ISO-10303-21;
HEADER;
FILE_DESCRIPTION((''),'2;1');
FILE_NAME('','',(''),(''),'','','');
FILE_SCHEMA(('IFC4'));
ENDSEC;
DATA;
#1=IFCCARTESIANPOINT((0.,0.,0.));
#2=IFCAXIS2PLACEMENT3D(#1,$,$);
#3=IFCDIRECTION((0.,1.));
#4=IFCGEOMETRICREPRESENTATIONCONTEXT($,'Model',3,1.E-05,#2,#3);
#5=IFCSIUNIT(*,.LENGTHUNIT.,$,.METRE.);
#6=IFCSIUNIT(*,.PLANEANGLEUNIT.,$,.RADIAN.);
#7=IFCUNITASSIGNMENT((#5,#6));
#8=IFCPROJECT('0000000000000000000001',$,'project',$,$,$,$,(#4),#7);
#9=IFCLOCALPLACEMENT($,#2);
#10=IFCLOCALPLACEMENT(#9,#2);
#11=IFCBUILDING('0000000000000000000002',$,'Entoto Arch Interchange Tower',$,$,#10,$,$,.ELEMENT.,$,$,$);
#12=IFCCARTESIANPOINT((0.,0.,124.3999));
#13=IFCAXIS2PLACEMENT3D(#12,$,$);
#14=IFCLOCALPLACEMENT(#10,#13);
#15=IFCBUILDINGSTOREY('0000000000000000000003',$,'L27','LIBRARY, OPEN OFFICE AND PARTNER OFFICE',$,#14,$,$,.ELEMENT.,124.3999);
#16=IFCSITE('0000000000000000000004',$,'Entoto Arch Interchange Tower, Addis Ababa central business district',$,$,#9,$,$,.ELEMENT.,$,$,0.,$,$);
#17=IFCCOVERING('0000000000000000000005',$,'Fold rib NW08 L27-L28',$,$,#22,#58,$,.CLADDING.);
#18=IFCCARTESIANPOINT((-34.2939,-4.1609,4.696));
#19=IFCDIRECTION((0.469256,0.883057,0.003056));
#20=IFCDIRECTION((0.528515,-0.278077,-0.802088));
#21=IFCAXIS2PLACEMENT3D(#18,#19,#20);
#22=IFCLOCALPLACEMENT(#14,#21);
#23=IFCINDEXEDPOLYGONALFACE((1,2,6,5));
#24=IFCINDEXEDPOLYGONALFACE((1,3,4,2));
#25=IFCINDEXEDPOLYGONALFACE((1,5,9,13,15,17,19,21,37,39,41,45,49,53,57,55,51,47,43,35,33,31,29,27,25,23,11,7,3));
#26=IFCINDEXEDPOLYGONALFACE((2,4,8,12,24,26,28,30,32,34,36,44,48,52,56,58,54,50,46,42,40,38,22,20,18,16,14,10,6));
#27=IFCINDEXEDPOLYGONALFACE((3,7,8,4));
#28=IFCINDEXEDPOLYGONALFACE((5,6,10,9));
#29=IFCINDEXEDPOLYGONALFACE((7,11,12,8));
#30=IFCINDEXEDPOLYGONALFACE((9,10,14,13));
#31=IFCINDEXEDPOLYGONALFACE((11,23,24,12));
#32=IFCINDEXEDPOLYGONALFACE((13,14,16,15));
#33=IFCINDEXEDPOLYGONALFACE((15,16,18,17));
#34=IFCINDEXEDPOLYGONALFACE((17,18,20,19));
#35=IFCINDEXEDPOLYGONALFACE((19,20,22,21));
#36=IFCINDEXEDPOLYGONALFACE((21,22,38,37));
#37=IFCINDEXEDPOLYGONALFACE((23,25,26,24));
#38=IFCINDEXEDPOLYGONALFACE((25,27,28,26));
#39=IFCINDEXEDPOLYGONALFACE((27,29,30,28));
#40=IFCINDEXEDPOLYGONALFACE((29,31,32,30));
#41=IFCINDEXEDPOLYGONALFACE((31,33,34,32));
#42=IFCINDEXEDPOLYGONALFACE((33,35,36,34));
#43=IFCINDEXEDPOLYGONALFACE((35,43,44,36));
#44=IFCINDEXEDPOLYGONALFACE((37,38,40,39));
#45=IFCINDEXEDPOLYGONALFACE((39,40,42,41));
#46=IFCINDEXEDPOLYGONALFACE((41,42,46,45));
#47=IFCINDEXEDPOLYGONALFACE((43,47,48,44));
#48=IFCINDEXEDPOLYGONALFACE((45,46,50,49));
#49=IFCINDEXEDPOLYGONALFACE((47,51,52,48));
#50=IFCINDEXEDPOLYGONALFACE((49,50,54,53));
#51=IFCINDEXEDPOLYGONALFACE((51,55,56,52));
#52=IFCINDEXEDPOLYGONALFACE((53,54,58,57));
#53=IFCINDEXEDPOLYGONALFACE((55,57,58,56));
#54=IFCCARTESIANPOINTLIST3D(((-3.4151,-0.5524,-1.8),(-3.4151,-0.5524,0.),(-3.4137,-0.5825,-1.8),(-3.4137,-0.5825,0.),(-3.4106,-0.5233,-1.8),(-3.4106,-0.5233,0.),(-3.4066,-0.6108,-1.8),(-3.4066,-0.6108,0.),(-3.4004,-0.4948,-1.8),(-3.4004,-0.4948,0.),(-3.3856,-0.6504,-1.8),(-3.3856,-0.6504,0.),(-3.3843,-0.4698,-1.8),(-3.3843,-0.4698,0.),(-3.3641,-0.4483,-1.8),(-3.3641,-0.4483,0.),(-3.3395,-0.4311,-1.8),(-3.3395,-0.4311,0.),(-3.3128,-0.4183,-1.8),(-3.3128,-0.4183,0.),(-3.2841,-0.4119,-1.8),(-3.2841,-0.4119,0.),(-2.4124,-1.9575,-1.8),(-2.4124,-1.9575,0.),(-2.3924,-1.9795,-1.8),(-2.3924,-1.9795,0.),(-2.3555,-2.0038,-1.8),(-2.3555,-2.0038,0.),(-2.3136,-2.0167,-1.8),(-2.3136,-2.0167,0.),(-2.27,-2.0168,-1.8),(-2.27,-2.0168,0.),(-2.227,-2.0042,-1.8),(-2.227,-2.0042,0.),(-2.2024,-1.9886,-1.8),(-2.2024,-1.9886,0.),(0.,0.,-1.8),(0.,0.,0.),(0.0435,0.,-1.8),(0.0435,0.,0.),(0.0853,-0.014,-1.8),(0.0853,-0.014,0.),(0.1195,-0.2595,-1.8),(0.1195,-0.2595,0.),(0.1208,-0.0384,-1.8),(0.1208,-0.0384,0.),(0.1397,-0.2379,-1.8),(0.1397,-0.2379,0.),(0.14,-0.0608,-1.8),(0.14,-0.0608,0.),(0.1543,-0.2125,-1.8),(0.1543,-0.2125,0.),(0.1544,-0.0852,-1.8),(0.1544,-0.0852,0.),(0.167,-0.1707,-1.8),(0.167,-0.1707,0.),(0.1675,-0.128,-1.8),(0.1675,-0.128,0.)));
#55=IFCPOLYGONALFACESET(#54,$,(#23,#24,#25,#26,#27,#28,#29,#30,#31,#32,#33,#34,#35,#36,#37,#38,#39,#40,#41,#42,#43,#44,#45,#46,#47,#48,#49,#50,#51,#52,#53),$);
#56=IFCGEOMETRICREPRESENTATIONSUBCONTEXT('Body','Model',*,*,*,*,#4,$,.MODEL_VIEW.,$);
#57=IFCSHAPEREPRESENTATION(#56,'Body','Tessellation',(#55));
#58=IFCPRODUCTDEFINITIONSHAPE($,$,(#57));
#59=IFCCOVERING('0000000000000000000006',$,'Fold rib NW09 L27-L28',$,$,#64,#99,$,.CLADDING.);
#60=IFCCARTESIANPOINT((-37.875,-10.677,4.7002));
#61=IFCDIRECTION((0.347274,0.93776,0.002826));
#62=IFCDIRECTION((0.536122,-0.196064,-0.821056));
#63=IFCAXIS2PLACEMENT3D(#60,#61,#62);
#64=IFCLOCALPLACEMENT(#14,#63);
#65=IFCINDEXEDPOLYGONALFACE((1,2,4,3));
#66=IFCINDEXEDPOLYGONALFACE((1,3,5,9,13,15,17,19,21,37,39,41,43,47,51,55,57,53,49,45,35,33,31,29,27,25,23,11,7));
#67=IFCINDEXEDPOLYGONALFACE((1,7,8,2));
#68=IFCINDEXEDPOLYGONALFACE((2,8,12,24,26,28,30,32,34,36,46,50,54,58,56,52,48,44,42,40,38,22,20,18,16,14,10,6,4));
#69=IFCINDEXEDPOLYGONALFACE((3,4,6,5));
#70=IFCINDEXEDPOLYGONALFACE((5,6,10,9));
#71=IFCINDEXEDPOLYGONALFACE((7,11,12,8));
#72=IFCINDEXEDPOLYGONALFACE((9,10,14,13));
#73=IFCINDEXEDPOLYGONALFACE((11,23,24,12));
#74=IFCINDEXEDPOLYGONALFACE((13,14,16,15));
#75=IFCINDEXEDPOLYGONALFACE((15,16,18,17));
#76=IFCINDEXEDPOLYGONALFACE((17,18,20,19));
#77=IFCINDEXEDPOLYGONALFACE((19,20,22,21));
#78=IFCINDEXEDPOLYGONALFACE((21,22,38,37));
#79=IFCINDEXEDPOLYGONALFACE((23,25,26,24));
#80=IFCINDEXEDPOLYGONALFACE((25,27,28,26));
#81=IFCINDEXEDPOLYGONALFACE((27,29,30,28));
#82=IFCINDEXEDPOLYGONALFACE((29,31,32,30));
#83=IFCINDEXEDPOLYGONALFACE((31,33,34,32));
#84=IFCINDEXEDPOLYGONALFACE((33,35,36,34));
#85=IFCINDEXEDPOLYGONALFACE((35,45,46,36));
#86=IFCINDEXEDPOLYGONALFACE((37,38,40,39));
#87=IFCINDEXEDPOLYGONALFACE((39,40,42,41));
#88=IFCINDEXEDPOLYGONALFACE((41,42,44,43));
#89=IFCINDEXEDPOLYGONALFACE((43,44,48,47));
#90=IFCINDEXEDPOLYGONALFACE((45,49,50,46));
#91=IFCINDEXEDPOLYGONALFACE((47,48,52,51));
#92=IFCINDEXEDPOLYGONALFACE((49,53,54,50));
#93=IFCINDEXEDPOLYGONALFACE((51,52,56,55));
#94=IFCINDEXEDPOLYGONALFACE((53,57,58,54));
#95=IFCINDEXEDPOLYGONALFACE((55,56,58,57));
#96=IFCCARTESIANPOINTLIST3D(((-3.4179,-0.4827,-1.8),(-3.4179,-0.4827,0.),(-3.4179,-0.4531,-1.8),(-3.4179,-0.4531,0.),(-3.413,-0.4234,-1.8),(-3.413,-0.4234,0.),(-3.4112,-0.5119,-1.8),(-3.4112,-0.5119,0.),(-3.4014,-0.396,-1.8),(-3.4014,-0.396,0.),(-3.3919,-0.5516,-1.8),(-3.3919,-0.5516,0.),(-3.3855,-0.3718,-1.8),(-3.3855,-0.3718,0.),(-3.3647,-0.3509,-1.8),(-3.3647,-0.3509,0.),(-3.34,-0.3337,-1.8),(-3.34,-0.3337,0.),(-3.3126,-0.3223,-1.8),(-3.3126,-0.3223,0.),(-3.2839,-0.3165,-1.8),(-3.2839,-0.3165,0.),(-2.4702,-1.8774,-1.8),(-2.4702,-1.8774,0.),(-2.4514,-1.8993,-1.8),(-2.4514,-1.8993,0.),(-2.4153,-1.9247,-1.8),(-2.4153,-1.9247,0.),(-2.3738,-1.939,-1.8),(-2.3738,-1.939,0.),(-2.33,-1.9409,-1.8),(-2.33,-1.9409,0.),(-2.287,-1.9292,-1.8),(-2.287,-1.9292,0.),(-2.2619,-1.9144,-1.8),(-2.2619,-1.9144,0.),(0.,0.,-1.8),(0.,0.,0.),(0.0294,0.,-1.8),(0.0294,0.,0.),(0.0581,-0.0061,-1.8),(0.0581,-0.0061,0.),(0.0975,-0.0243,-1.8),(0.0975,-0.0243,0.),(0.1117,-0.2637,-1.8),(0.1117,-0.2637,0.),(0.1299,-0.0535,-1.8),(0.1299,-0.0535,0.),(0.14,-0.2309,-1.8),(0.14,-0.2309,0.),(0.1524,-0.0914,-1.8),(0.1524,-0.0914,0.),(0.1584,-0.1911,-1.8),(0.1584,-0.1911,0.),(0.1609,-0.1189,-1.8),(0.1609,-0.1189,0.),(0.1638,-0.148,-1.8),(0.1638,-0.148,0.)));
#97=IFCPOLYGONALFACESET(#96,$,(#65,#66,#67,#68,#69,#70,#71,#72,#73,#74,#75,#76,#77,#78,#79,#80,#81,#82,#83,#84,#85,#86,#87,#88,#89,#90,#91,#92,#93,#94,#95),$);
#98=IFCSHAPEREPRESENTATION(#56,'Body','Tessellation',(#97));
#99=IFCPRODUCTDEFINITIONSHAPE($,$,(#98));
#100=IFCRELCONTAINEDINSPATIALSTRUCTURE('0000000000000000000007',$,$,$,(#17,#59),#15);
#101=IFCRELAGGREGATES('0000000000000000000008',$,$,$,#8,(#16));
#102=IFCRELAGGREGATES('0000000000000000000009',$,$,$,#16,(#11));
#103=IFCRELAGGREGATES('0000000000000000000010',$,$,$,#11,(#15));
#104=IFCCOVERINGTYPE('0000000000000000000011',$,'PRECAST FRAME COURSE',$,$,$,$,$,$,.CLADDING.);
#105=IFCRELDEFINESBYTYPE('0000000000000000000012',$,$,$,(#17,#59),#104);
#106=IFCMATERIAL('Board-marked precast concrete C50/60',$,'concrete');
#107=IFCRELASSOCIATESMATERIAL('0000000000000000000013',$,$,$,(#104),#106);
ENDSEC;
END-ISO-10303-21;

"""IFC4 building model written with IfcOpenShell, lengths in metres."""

from ifc_helpers import new_model, si_unit, direction, frame, origin, place, context, subcontext, project, spatial, polyline, outline, extrude, material, type_object, element, save


model = new_model("IFC4")

# Units and contexts
model_context = context("Model", 3, precision=1e-05, world=origin(), true_north=direction((0.0, 1.0)))
body_context = subcontext(model_context, "Body", "Model", "MODEL_VIEW")
ifc_project = project(units=[si_unit("LENGTHUNIT", "METRE"), si_unit("PLANEANGLEUNIT", "RADIAN")], contexts=[model_context])

# Site, building, storey
site_placement = place(None, origin())
site = spatial("IfcSite", under=ifc_project, at=site_placement, Name="Entoto Arch Interchange Tower, Addis Ababa central business district", CompositionType="ELEMENT", RefElevation=0.0)
building_placement = place(site_placement, origin())
building = spatial("IfcBuilding", under=site, at=building_placement, Name="Entoto Arch Interchange Tower", CompositionType="ELEMENT")
storey_placement = place(building_placement, frame((0.0, 0.0, 124.3999)))
storey = spatial("IfcBuildingStorey", under=building, at=storey_placement, Name="L27", Description="LIBRARY, OPEN OFFICE AND PARTNER OFFICE", CompositionType="ELEMENT", Elevation=124.3999)

# Coverings
ifc_material_1 = material(Name="Board-marked precast concrete C50/60", Category="concrete")
covering_type = type_object("IfcCoveringType", Name="PRECAST FRAME COURSE", PredefinedType="CLADDING", material=ifc_material_1)
covering_1_placement = place(storey_placement, frame((-34.2939, -4.1609, 4.696), z_axis=(0.469256, 0.883057, 0.003056), x_axis=(0.528515, -0.278077, -0.802088)))
element("IfcCovering", 1, at=covering_1_placement, inside=storey, type_object=covering_type, Name="Fold rib NW08 L27-L28", PredefinedType="CLADDING", context=body_context, shape_type="SweptSolid", body=[
    extrude(outline(polyline([(0.0, 0.0), (0.0435, 0.0), (0.0853, -0.014), (0.1208, -0.0384), (0.14, -0.0608), (0.1544, -0.0852), (0.1675, -0.128), (0.167, -0.1707), (0.1543, -0.2125), (0.1397, -0.2379), (0.1195, -0.2595), (-2.2024, -1.9886), (-2.227, -2.0042), (-2.27, -2.0168), (-2.3136, -2.0167), (-2.3555, -2.0038), (-2.3924, -1.9795), (-2.4124, -1.9575), (-3.3856, -0.6504), (-3.4066, -0.6108), (-3.4137, -0.5825), (-3.4151, -0.5524), (-3.4106, -0.5233), (-3.4004, -0.4948), (-3.3843, -0.4698), (-3.3641, -0.4483), (-3.3395, -0.4311), (-3.3128, -0.4183), (-3.2841, -0.4119), (0.0, 0.0)])), origin(), (0.0, 0.0, -1.0), 1.8),
])
covering_2_placement = place(storey_placement, frame((-37.875, -10.677, 4.7002), z_axis=(0.347274, 0.93776, 0.002826), x_axis=(0.536122, -0.196064, -0.821056)))
element("IfcCovering", 2, at=covering_2_placement, inside=storey, type_object=covering_type, Name="Fold rib NW09 L27-L28", PredefinedType="CLADDING", context=body_context, shape_type="SweptSolid", body=[
    extrude(outline(polyline([(0.0, 0.0), (0.0294, 0.0), (0.0581, -0.0061), (0.0975, -0.0243), (0.1299, -0.0535), (0.1524, -0.0914), (0.1609, -0.1189), (0.1638, -0.148), (0.1584, -0.1911), (0.14, -0.2309), (0.1117, -0.2637), (-2.2619, -1.9144), (-2.287, -1.9292), (-2.33, -1.9409), (-2.3738, -1.939), (-2.4153, -1.9247), (-2.4514, -1.8993), (-2.4702, -1.8774), (-3.3919, -0.5516), (-3.4112, -0.5119), (-3.4179, -0.4827), (-3.4179, -0.4531), (-3.413, -0.4234), (-3.4014, -0.396), (-3.3855, -0.3718), (-3.3647, -0.3509), (-3.34, -0.3337), (-3.3126, -0.3223), (-3.2839, -0.3165), (0.0, 0.0)])), origin(), (0.0, 0.0, -1.0), 1.8),
])

save(model, "model.ifc")
